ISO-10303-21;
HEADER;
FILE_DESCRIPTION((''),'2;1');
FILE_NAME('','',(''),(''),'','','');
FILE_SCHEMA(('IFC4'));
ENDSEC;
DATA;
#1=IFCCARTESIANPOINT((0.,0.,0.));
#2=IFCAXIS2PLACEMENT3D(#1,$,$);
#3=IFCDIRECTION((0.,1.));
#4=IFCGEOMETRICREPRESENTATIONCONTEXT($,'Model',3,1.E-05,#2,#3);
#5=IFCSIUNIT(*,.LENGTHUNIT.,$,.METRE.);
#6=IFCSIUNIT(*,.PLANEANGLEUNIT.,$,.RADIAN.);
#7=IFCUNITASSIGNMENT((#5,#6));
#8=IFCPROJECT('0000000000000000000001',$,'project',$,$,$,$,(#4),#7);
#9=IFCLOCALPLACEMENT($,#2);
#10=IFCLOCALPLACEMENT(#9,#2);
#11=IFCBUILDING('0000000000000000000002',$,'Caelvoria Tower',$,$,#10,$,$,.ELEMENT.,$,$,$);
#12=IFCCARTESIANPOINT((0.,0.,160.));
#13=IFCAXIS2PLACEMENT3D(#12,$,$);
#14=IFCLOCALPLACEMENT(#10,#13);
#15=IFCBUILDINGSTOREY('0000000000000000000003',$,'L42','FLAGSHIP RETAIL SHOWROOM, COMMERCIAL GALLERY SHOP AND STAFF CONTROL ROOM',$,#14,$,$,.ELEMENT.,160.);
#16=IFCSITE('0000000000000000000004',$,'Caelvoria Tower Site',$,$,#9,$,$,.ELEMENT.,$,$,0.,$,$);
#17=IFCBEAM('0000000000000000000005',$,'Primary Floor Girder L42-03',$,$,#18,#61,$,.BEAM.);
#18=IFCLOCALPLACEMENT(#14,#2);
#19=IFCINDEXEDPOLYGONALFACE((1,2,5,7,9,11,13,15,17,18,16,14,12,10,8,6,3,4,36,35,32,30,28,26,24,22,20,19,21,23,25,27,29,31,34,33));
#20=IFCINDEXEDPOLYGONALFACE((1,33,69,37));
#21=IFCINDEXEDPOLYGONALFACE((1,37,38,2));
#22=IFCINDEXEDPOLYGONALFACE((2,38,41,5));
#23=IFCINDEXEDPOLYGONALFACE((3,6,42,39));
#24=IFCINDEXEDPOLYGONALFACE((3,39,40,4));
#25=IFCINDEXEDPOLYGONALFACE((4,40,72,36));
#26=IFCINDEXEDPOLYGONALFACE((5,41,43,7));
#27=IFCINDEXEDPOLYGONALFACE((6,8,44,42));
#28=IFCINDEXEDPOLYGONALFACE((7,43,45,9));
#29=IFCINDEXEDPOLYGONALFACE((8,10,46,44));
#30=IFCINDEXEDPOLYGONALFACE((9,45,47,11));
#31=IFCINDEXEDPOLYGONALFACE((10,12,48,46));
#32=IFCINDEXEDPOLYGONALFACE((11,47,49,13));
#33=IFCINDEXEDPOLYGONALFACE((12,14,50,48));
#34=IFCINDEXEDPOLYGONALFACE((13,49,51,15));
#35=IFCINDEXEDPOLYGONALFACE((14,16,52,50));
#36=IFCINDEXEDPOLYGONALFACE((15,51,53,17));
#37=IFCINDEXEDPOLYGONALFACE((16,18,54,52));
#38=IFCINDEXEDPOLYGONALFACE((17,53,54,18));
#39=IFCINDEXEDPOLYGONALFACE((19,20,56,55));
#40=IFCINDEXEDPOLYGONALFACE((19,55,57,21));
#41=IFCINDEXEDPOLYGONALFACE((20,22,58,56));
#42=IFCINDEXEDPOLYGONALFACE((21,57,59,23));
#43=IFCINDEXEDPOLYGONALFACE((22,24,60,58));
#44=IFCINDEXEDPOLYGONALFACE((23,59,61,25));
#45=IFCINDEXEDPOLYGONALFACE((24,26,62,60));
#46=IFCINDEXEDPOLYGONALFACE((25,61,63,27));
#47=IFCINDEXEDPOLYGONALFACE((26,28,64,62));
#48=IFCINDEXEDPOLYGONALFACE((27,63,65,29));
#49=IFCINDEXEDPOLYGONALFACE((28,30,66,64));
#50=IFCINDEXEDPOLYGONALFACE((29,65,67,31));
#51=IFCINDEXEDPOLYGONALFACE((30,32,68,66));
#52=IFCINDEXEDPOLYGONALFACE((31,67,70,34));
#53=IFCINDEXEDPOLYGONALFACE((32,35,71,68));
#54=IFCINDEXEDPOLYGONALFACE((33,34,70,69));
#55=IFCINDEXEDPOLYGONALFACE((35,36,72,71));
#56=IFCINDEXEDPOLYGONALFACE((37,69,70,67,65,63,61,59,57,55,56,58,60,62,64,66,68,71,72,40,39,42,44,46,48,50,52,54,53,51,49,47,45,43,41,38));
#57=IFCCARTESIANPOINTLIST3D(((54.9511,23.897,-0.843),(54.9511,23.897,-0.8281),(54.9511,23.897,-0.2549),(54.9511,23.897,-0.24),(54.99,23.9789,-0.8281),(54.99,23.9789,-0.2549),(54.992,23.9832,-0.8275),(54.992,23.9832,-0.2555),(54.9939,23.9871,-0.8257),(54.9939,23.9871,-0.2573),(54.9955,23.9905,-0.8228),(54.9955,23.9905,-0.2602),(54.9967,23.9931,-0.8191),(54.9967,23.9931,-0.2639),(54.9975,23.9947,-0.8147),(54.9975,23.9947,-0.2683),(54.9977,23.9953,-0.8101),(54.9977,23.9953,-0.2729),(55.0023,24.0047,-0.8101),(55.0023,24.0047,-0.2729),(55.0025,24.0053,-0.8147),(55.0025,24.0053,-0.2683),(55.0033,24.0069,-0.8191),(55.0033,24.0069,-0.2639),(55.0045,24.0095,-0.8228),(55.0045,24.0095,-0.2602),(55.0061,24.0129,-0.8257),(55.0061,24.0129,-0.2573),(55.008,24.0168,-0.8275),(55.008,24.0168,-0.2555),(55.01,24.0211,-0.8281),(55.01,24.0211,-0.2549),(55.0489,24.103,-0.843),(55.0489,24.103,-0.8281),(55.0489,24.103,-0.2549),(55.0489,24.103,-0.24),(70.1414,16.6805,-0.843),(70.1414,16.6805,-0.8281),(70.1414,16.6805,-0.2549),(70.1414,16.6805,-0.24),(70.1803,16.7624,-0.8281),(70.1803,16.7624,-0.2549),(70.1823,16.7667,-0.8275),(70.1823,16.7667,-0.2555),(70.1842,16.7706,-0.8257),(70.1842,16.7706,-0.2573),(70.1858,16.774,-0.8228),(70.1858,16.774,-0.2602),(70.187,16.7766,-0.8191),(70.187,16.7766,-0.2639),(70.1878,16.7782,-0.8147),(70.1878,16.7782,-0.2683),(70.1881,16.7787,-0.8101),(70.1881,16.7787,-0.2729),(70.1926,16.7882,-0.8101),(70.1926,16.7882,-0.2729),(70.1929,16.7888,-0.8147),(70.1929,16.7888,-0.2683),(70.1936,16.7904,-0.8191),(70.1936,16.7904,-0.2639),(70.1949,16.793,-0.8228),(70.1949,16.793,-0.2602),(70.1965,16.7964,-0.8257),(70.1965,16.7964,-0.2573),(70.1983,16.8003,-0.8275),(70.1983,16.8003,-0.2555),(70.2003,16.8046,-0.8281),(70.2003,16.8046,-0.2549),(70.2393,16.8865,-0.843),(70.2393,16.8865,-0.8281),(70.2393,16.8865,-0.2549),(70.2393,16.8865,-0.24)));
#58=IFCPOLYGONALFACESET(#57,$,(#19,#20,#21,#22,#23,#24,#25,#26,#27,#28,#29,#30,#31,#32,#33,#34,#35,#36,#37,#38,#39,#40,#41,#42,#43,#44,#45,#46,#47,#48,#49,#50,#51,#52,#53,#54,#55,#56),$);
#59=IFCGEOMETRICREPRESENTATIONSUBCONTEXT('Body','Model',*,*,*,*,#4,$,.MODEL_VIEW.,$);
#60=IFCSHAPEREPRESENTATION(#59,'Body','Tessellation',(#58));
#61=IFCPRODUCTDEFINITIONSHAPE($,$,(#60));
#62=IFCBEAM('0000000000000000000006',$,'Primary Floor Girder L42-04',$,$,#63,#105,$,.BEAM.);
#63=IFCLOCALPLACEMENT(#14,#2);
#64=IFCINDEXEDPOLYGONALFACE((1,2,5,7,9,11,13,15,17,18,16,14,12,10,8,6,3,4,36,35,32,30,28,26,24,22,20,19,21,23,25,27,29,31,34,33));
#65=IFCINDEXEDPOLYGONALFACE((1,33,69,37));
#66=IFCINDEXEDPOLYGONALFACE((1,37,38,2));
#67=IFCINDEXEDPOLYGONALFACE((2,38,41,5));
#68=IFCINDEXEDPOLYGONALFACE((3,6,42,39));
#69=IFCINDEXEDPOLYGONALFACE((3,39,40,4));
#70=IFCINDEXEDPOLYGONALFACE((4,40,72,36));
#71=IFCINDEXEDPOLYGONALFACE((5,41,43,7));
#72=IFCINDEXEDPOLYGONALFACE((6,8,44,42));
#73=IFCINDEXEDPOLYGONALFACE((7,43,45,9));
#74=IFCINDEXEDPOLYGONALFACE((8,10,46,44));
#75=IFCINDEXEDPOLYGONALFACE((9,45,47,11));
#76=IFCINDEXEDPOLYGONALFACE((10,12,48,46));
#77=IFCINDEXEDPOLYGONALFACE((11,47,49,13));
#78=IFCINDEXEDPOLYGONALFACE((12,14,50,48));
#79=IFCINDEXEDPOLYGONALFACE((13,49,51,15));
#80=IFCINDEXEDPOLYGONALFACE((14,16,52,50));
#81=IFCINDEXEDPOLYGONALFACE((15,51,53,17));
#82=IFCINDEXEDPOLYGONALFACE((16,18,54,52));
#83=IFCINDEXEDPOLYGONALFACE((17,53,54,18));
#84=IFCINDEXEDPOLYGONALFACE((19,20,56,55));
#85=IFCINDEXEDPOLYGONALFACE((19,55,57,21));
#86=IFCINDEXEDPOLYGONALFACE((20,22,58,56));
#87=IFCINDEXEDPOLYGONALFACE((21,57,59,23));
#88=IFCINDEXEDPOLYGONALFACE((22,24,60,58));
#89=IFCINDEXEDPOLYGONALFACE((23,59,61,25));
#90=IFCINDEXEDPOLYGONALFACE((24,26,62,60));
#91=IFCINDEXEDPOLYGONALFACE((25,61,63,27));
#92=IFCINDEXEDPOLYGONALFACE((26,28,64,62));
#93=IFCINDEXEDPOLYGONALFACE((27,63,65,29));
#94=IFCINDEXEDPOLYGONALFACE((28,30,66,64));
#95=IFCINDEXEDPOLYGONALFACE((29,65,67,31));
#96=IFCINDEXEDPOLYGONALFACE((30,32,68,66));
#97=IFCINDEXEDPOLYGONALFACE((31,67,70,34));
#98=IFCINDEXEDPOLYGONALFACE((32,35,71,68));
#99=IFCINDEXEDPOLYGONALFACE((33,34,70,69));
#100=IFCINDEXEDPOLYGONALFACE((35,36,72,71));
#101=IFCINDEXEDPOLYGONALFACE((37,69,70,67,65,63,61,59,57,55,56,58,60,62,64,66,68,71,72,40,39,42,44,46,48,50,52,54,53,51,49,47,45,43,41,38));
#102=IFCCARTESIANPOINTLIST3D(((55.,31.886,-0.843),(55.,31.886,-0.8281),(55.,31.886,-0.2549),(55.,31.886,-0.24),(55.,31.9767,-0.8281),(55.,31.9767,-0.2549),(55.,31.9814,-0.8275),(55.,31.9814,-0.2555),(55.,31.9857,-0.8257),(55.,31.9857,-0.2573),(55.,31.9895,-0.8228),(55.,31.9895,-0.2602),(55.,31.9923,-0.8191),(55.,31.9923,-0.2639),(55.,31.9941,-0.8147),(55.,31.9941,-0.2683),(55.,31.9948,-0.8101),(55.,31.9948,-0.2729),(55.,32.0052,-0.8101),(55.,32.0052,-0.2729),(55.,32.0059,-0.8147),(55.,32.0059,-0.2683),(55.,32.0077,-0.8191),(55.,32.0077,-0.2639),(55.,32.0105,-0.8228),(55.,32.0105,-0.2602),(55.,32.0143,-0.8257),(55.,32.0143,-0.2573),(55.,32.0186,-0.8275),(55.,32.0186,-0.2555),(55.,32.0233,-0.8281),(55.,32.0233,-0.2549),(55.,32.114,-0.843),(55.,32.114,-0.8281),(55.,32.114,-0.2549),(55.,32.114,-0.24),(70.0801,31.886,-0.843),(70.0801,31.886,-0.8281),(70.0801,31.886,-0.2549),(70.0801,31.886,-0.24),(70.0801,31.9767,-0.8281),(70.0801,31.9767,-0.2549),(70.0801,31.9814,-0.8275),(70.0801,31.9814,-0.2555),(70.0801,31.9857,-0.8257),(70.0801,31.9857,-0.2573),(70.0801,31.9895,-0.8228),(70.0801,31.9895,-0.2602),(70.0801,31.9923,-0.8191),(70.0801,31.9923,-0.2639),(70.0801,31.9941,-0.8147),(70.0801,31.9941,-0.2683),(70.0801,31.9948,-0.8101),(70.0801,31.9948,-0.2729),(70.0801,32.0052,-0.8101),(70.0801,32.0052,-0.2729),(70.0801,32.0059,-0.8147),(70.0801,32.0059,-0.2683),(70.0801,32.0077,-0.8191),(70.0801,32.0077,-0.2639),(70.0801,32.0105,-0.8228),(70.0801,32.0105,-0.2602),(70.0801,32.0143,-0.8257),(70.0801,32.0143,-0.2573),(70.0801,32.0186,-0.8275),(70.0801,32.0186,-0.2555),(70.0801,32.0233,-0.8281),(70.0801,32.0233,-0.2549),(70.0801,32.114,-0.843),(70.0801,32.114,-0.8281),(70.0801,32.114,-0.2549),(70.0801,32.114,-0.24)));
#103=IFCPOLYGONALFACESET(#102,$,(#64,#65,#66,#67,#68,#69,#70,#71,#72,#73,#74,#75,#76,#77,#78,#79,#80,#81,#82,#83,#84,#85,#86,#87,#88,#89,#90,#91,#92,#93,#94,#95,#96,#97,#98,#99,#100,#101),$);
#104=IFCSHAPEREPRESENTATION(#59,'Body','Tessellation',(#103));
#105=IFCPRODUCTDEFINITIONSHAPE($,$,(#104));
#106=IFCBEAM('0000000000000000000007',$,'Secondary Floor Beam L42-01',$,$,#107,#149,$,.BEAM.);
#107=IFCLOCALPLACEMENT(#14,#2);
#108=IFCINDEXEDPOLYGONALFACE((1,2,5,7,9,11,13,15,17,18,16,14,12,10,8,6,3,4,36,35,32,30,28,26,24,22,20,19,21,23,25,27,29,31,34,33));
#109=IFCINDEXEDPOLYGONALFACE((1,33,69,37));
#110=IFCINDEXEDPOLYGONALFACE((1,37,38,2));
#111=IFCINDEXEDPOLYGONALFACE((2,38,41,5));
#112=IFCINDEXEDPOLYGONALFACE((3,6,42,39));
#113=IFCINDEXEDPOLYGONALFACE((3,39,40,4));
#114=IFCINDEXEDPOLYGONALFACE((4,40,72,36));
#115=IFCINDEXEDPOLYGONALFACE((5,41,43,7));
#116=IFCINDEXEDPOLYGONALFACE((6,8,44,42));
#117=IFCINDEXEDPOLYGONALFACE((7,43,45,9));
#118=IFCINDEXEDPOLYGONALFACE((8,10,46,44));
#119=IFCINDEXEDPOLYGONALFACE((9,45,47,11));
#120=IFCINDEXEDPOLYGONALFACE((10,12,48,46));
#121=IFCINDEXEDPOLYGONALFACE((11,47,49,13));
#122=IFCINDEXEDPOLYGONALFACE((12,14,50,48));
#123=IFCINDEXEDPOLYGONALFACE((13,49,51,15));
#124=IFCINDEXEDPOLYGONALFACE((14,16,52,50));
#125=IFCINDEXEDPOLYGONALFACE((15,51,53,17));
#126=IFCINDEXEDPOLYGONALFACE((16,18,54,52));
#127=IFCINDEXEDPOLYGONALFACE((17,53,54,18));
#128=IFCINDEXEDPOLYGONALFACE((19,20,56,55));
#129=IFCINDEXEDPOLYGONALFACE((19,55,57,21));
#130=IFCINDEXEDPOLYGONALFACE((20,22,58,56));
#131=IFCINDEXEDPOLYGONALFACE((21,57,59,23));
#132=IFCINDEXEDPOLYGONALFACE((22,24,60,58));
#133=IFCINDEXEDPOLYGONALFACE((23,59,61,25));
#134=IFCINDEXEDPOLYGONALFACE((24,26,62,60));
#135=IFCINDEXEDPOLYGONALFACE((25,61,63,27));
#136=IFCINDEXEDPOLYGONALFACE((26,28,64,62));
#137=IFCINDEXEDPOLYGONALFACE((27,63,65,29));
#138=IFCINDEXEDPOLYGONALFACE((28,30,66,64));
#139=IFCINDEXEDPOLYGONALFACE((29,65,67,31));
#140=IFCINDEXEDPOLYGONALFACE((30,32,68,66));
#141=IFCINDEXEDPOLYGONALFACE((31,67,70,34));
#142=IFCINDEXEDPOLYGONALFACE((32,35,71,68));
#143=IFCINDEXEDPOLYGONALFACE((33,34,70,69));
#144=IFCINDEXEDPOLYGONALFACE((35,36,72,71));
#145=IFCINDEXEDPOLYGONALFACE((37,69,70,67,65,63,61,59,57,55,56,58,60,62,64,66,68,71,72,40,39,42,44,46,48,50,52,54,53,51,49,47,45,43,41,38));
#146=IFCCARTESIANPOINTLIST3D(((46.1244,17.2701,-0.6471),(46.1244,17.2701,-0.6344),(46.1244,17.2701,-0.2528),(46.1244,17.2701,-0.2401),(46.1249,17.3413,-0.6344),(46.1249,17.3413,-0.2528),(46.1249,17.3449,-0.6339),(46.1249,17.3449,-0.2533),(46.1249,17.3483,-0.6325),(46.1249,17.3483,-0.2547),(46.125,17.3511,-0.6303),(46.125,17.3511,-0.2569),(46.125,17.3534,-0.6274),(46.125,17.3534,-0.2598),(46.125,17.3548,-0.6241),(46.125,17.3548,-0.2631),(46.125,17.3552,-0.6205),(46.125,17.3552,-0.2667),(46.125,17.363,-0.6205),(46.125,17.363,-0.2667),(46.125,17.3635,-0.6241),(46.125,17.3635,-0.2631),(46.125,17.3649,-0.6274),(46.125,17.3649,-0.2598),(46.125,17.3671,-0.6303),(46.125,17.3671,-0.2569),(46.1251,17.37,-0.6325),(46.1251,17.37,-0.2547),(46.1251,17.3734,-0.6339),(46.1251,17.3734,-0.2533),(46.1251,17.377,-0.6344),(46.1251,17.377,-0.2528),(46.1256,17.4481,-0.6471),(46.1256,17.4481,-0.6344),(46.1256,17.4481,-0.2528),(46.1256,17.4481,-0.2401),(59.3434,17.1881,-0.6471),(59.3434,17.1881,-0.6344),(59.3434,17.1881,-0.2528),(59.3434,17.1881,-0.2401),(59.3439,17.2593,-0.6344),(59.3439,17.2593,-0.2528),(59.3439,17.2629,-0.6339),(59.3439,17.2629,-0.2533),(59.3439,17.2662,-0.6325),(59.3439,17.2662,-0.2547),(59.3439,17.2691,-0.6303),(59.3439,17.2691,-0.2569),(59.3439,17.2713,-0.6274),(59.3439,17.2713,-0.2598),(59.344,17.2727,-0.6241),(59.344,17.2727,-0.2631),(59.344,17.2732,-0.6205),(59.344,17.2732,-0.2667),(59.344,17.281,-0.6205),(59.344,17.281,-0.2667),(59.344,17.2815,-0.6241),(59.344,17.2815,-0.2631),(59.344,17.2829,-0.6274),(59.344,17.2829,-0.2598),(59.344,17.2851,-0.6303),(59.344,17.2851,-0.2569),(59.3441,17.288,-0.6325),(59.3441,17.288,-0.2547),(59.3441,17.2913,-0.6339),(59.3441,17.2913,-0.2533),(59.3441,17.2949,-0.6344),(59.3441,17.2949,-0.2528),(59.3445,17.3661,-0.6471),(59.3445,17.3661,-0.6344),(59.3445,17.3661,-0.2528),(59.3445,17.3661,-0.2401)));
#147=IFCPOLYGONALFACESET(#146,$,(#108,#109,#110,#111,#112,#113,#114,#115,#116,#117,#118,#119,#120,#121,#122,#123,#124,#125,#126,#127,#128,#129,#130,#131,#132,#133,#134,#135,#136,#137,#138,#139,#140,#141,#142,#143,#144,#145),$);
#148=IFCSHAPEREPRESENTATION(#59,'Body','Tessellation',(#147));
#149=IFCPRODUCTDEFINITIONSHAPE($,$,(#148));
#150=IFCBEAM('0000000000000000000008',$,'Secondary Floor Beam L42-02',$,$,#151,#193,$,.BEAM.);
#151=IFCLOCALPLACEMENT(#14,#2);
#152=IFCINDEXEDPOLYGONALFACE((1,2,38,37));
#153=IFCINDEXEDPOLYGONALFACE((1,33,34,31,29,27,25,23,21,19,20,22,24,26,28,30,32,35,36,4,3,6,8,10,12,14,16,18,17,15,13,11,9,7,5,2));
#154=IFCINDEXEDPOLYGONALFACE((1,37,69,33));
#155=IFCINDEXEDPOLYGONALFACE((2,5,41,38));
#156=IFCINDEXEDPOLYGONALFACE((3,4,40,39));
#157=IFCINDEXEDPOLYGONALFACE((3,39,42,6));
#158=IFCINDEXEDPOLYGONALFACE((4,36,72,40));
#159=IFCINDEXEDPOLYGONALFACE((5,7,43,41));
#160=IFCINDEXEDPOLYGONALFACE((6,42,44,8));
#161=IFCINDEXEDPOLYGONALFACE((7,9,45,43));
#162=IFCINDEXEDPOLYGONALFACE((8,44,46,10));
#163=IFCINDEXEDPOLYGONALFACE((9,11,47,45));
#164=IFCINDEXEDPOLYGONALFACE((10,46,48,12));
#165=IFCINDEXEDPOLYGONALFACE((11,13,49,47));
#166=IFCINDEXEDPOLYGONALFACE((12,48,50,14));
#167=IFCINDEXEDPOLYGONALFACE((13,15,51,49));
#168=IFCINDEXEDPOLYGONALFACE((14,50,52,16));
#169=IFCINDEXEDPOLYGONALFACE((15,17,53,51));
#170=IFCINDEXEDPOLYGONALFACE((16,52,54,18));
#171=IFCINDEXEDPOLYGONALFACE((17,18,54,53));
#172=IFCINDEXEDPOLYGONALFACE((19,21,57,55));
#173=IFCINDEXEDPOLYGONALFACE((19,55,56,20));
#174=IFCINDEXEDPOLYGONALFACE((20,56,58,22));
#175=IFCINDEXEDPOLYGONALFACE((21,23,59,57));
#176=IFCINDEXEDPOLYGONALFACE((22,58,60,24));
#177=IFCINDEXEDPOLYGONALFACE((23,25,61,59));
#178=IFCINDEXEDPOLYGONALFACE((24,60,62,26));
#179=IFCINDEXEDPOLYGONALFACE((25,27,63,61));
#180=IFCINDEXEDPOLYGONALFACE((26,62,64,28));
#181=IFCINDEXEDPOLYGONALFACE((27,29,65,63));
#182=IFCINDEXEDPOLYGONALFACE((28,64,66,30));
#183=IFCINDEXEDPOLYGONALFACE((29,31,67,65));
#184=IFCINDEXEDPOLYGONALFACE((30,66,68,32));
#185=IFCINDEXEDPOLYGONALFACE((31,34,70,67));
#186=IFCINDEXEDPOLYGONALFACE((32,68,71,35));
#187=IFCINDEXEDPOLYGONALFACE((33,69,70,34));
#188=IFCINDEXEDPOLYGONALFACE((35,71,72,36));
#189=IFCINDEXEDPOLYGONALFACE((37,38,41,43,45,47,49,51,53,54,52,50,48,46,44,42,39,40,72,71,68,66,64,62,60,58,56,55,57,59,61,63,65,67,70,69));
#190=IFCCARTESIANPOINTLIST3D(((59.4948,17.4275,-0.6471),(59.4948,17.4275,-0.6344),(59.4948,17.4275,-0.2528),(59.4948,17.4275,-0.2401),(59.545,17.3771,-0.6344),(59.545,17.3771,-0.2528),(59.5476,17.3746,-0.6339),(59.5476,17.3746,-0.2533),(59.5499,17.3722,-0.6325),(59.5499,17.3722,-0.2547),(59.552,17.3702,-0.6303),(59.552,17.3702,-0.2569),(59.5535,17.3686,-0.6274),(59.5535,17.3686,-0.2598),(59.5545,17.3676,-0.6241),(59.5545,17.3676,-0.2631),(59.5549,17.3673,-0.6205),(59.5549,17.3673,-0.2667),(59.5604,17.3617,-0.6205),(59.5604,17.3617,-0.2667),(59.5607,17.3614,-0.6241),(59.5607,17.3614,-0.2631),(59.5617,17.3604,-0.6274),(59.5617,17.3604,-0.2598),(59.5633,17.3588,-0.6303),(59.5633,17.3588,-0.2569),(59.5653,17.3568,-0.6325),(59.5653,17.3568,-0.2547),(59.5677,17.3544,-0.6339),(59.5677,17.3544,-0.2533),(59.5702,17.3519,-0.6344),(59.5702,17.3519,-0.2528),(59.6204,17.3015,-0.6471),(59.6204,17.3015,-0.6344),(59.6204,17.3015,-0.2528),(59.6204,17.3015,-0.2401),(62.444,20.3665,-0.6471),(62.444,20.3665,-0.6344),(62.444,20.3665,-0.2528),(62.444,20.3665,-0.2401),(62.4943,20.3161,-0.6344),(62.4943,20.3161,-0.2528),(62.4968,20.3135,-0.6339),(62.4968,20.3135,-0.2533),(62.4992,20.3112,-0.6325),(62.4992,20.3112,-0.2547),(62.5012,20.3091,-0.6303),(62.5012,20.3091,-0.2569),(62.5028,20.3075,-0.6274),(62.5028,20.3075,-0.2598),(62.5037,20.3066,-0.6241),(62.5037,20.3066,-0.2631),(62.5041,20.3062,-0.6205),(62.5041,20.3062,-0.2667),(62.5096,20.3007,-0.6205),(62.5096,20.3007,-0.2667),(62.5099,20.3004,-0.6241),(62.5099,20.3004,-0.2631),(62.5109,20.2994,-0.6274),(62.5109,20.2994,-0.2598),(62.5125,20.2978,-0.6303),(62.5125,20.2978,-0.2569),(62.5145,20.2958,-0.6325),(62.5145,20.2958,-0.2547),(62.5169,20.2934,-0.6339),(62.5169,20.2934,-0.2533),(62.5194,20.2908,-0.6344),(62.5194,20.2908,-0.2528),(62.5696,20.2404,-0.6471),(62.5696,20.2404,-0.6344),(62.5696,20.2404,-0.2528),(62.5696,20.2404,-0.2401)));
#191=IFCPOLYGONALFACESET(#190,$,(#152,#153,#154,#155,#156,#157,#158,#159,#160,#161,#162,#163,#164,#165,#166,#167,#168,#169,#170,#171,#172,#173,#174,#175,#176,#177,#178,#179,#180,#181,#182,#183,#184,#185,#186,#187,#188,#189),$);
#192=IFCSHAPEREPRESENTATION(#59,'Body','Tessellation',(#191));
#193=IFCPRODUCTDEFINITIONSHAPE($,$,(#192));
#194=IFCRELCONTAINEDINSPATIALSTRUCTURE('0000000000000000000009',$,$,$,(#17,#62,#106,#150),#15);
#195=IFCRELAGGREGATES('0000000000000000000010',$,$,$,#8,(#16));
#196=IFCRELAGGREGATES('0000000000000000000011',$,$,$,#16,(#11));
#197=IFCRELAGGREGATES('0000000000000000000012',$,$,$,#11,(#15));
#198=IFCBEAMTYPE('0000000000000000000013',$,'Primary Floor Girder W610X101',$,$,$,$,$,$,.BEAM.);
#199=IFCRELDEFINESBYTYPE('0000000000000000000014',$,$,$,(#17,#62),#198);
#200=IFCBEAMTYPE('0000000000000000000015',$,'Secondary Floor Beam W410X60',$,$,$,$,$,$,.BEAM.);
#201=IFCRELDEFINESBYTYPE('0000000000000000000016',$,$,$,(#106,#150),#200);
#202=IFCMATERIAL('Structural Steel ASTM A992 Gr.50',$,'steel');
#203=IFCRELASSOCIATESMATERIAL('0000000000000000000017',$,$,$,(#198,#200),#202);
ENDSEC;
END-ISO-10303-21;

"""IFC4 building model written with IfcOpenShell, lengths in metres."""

from ifc_helpers import new_model, si_unit, direction, frame, origin, origin_2d, place, context, subcontext, project, spatial, i_section, extrude, material, material_profile, profile_set, type_object, element, save


model = new_model("IFC4")

# Units and contexts
model_context = context("Model", 3, precision=1e-05, world=origin(), true_north=direction((0.0, 1.0)))
body_context = subcontext(model_context, "Body", "Model", "MODEL_VIEW")
ifc_project = project(units=[si_unit("LENGTHUNIT", "METRE"), si_unit("PLANEANGLEUNIT", "RADIAN")], contexts=[model_context])

# Site, building, storey
site_placement = place(None, origin())
site = spatial("IfcSite", under=ifc_project, at=site_placement, Name="Caelvoria Tower Site", CompositionType="ELEMENT", RefElevation=0.0)
building_placement = place(site_placement, origin())
building = spatial("IfcBuilding", under=site, at=building_placement, Name="Caelvoria Tower", CompositionType="ELEMENT")
storey_placement = place(building_placement, frame((0.0, 0.0, 160.0)))
storey = spatial("IfcBuildingStorey", under=building, at=storey_placement, Name="L42", Description="FLAGSHIP RETAIL SHOWROOM, COMMERCIAL GALLERY SHOP AND STAFF CONTROL ROOM", CompositionType="ELEMENT", Elevation=160.0)

# Shared definitions
ifc_material_1 = material(Name="Structural Steel ASTM A992 Gr.50", Category="steel")

# Beams
ifc_material_profile_1 = material_profile(ifc_material_1, i_section(OverallWidth=0.228, OverallDepth=0.603, WebThickness=0.0105, FlangeThickness=0.0149, FilletRadius=0.0181, at=origin_2d()), Name="Structural Steel ASTM A992 Gr.50")
ifc_profile_set_1 = profile_set([ifc_material_profile_1], Name="W610X101 - Structural Steel ASTM A992 Gr.50")
beam_type_1 = type_object("IfcBeamType", Name="Primary Floor Girder W610X101", PredefinedType="BEAM", material=ifc_profile_set_1)
beam_1_placement = place(storey_placement, frame((55.0, 24.0, -0.5415), z_axis=(0.903252, -0.42911, 0.0), x_axis=(0.42911, 0.903252, 0.0)))
element("IfcBeam", 1, at=beam_1_placement, inside=storey, type_object=beam_type_1, Name="Primary Floor Girder L42-03", PredefinedType="BEAM", context=body_context, shape_type="SweptSolid", body=[
    extrude(i_section(OverallWidth=0.228, OverallDepth=0.603, WebThickness=0.0105, FlangeThickness=0.0149, FilletRadius=0.0181, at=origin_2d()), origin(), (0.0, 0.0, 1.0), 16.8174),
])
beam_2_placement = place(storey_placement, frame((55.0, 32.0, -0.5415), z_axis=(1.0, 0.0, 0.0), x_axis=(0.0, 1.0, 0.0)))
element("IfcBeam", 2, at=beam_2_placement, inside=storey, type_object=beam_type_1, Name="Primary Floor Girder L42-04", PredefinedType="BEAM", context=body_context, shape_type="SweptSolid", body=[
    extrude(i_section(OverallWidth=0.228, OverallDepth=0.603, WebThickness=0.0105, FlangeThickness=0.0149, FilletRadius=0.0181, at=origin_2d()), origin(), (0.0, 0.0, 1.0), 15.0801),
])
ifc_material_profile_2 = material_profile(ifc_material_1, i_section(OverallWidth=0.178, OverallDepth=0.407, WebThickness=0.0078, FlangeThickness=0.0127, FilletRadius=0.0139, at=origin_2d()), Name="Structural Steel ASTM A992 Gr.50")
ifc_profile_set_2 = profile_set([ifc_material_profile_2], Name="W410X60 - Structural Steel ASTM A992 Gr.50")
beam_type_2 = type_object("IfcBeamType", Name="Secondary Floor Beam W410X60", PredefinedType="BEAM", material=ifc_profile_set_2)
beam_3_placement = place(storey_placement, frame((46.125, 17.3591, -0.4436), z_axis=(0.999981, -0.006205, 0.0), x_axis=(0.006205, 0.999981, 0.0)))
element("IfcBeam", 3, at=beam_3_placement, inside=storey, type_object=beam_type_2, Name="Secondary Floor Beam L42-01", PredefinedType="BEAM", context=body_context, shape_type="SweptSolid", body=[
    extrude(i_section(OverallWidth=0.178, OverallDepth=0.407, WebThickness=0.0078, FlangeThickness=0.0127, FilletRadius=0.0139, at=origin_2d()), origin(), (0.0, 0.0, 1.0), 13.2192),
])
beam_4_placement = place(storey_placement, frame((59.5576, 17.3645, -0.4436), z_axis=(0.708337, 0.705874, 0.0), x_axis=(-0.705874, 0.708337, 0.0)))
element("IfcBeam", 4, at=beam_4_placement, inside=storey, type_object=beam_type_2, Name="Secondary Floor Beam L42-02", PredefinedType="BEAM", context=body_context, shape_type="SweptSolid", body=[
    extrude(i_section(OverallWidth=0.178, OverallDepth=0.407, WebThickness=0.0078, FlangeThickness=0.0127, FilletRadius=0.0139, at=origin_2d()), origin(), (0.0, 0.0, 1.0), 4.1636),
])

save(model, "model.ifc")
